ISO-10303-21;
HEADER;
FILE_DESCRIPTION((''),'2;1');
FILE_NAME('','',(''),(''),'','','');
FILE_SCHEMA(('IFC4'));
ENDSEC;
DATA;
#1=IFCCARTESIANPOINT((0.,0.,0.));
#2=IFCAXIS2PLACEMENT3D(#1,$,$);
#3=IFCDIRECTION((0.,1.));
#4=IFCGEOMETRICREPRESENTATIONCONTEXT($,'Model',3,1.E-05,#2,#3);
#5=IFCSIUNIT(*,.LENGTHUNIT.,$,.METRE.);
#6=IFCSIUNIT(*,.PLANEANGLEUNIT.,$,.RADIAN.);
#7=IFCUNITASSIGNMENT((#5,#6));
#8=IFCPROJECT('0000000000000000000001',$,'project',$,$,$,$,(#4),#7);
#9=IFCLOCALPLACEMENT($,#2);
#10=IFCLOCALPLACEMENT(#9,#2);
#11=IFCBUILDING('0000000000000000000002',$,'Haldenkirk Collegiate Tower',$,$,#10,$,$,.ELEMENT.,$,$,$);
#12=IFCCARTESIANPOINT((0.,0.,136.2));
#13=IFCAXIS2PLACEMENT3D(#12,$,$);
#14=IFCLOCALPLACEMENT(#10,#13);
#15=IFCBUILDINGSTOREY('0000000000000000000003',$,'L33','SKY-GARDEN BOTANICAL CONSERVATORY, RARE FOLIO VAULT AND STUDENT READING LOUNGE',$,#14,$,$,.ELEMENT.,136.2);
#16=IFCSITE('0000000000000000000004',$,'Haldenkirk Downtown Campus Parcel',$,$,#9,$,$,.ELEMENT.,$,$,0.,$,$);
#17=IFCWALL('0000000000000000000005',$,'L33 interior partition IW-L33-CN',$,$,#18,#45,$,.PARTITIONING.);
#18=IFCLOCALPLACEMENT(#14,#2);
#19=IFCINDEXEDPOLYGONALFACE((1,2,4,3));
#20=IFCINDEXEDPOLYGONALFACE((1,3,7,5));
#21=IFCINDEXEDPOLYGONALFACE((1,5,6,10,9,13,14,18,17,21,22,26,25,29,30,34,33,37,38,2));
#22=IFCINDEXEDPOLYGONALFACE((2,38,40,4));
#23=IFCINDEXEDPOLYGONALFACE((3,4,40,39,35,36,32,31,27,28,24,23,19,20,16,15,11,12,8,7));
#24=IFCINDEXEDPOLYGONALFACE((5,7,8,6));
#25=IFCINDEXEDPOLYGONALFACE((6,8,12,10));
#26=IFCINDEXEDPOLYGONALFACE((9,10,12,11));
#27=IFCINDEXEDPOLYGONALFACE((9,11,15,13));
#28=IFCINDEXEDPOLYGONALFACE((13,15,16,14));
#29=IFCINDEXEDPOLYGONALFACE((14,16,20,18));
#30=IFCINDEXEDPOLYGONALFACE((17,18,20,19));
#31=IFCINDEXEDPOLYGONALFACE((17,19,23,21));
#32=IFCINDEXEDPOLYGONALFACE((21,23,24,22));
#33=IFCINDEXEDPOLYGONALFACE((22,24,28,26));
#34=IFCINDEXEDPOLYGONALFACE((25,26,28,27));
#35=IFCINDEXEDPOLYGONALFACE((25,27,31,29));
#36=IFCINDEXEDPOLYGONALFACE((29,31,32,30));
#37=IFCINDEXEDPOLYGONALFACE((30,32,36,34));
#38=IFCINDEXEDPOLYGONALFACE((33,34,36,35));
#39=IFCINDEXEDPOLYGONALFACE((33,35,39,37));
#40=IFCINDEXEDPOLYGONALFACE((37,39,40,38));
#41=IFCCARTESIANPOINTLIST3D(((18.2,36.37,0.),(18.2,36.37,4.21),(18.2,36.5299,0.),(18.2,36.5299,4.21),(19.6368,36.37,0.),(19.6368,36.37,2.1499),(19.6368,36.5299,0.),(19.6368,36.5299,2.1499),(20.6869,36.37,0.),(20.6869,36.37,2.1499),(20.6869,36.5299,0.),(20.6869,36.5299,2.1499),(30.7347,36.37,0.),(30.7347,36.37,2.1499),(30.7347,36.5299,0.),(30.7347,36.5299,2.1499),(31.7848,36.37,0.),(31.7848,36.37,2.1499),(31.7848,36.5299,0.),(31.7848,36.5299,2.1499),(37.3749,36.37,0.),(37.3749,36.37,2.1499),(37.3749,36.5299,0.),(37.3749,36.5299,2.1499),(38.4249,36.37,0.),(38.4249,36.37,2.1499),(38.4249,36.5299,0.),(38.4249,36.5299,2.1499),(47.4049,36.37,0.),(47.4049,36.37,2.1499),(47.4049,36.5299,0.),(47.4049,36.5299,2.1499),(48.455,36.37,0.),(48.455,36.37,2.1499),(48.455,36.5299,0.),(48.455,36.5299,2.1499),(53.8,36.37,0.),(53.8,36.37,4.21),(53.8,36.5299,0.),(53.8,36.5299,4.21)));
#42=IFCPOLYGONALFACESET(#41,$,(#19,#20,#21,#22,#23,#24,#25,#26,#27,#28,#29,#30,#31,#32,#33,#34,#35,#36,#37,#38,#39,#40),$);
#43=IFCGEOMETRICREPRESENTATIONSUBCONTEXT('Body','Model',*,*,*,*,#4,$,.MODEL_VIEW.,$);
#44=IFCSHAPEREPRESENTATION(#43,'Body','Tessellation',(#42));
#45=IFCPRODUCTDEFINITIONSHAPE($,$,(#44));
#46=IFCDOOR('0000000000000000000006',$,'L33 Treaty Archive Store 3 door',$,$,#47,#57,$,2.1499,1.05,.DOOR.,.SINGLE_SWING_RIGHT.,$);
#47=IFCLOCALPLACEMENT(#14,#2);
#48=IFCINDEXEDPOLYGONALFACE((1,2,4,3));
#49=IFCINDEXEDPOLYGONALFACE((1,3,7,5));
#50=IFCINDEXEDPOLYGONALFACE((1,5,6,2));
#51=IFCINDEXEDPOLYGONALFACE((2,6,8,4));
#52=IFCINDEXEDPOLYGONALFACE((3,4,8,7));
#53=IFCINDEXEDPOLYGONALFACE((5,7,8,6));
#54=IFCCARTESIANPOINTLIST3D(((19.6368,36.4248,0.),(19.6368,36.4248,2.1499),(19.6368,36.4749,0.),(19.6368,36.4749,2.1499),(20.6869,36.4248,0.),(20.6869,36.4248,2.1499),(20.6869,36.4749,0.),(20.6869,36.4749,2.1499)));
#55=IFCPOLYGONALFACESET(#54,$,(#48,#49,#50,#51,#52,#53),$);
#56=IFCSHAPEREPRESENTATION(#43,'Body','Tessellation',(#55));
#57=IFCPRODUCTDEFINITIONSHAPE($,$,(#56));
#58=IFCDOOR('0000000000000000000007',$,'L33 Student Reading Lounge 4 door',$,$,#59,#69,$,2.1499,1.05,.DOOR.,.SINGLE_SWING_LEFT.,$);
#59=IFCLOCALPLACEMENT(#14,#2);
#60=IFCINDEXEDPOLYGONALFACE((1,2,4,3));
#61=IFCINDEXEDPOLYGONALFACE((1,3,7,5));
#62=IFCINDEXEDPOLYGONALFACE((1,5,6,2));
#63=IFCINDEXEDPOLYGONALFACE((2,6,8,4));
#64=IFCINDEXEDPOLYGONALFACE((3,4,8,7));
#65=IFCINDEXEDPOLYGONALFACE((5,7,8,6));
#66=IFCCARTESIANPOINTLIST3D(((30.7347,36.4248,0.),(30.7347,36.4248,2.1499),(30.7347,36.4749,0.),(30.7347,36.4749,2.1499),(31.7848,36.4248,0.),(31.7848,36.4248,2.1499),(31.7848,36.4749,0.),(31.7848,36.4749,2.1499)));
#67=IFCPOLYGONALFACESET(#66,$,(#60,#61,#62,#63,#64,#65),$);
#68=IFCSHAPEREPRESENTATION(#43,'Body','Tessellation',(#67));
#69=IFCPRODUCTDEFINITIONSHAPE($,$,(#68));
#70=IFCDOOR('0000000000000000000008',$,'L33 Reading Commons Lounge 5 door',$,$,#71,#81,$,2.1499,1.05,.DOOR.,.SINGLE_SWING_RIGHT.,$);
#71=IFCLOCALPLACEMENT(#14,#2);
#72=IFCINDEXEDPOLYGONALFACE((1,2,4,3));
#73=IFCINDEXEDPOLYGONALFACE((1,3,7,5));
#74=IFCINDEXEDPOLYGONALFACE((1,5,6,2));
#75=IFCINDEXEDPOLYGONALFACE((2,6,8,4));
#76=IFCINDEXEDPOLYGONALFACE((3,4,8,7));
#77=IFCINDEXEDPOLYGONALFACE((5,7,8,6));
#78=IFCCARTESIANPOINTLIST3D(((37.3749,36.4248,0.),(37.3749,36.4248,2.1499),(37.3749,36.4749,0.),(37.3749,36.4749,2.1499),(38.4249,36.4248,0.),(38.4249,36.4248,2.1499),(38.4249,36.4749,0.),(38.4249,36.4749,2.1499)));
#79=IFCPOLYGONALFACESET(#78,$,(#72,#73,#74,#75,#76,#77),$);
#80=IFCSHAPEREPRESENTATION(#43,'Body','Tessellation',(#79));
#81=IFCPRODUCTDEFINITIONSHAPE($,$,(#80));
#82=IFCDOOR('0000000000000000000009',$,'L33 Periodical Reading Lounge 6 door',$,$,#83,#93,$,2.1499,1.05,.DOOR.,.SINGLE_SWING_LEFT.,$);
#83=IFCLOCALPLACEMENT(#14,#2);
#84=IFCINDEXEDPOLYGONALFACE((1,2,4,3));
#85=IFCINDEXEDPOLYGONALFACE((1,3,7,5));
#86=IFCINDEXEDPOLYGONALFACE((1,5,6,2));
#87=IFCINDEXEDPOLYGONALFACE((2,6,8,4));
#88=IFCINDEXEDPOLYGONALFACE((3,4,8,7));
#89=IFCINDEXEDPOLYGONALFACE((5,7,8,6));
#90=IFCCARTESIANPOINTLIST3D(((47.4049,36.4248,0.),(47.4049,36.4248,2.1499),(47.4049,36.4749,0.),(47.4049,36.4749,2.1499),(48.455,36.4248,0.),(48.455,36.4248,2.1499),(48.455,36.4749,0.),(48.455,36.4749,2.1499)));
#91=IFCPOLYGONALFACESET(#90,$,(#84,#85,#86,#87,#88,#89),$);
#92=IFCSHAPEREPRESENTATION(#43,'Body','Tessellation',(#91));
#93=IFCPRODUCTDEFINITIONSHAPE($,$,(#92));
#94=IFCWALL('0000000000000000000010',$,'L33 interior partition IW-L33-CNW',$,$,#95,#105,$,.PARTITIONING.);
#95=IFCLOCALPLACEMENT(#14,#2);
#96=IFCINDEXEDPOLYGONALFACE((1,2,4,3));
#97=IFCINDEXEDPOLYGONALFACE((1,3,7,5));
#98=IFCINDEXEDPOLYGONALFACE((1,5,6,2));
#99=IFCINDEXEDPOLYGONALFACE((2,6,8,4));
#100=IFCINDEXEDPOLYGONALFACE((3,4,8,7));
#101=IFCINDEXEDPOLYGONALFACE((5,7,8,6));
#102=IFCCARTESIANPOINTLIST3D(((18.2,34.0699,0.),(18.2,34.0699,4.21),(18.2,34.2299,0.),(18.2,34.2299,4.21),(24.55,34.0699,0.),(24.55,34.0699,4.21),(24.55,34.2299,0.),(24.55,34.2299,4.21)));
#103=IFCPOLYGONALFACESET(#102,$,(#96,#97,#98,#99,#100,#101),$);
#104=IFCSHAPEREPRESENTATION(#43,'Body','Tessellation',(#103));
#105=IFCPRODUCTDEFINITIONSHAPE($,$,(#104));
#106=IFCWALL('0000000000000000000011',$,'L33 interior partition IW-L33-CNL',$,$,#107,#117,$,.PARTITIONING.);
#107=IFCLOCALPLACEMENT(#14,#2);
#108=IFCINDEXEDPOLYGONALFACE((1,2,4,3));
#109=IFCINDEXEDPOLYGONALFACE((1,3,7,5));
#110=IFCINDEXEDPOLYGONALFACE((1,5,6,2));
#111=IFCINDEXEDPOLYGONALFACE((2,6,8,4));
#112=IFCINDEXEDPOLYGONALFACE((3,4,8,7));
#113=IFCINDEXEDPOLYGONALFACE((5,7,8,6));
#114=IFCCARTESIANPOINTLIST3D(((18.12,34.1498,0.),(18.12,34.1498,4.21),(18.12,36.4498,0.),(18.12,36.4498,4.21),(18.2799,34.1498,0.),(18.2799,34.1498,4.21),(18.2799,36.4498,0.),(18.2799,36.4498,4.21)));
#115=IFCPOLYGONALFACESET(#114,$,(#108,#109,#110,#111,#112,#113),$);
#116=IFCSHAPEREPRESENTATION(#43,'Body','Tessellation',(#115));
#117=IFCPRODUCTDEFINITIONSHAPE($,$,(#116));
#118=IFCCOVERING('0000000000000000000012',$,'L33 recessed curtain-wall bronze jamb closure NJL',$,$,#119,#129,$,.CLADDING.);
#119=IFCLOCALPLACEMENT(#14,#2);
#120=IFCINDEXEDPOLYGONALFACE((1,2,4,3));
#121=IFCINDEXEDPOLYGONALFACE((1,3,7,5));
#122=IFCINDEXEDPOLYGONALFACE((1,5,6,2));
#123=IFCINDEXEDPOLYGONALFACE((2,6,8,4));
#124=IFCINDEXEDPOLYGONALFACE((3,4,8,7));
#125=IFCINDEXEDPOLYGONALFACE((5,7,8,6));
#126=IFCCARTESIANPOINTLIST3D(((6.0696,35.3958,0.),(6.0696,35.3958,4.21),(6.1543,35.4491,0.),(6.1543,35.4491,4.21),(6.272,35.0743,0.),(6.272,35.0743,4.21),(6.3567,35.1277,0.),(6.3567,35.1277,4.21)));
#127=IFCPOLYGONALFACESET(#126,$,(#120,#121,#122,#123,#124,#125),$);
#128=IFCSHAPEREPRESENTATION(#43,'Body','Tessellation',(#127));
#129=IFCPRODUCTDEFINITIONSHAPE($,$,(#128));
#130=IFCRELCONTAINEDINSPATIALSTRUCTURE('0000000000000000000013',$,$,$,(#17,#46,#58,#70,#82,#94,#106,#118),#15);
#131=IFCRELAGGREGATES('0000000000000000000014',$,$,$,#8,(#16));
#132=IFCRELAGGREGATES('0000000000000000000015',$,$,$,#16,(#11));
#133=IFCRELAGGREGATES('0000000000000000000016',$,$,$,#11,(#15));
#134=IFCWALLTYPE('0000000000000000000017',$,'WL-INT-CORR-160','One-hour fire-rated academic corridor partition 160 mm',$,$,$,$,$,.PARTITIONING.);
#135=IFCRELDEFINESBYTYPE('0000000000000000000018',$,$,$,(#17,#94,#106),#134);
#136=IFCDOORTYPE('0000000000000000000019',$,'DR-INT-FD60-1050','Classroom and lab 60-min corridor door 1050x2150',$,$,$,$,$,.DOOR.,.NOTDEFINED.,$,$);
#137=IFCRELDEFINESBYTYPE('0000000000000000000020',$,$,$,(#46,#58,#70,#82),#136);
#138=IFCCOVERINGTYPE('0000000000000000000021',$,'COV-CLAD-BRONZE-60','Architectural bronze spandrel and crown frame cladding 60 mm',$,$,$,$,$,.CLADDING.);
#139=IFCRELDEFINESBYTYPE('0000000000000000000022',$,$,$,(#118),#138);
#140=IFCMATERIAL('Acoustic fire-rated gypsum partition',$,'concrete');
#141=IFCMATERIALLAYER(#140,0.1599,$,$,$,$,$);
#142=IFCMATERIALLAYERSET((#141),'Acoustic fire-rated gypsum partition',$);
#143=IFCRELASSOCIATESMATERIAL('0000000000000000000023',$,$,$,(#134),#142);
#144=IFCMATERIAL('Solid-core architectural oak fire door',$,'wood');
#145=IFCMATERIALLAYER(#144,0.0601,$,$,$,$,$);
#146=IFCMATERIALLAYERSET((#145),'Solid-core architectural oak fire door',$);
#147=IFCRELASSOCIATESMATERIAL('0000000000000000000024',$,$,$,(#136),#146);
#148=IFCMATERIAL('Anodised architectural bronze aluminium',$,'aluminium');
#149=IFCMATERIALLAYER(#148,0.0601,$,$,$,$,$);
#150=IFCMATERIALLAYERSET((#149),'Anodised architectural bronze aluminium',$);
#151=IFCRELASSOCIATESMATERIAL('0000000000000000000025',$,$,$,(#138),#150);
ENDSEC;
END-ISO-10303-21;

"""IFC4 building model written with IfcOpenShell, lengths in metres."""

from ifc_helpers import new_model, si_unit, direction, frame, frame_2d, origin, origin_2d, place, context, subcontext, project, spatial, rectangle, extrude, source, transform, mapped, material, layer, layer_set, type_object, element, fill, save


model = new_model("IFC4")

# Units and contexts
model_context = context("Model", 3, precision=1e-05, world=origin(), true_north=direction((0.0, 1.0)))
body_context = subcontext(model_context, "Body", "Model", "MODEL_VIEW")
ifc_project = project(units=[si_unit("LENGTHUNIT", "METRE"), si_unit("PLANEANGLEUNIT", "RADIAN")], contexts=[model_context])

# Site, building, storey
site_placement = place(None, origin())
site = spatial("IfcSite", under=ifc_project, at=site_placement, Name="Haldenkirk Downtown Campus Parcel", CompositionType="ELEMENT", RefElevation=0.0)
building_placement = place(site_placement, origin())
building = spatial("IfcBuilding", under=site, at=building_placement, Name="Haldenkirk Collegiate Tower", CompositionType="ELEMENT")
storey_placement = place(building_placement, frame((0.0, 0.0, 136.2)))
storey = spatial("IfcBuildingStorey", under=building, at=storey_placement, Name="L33", Description="SKY-GARDEN BOTANICAL CONSERVATORY, RARE FOLIO VAULT AND STUDENT READING LOUNGE", CompositionType="ELEMENT", Elevation=136.2)

# Shared definitions
ifc_material_1 = material(Name="Anodised architectural bronze aluminium", Category="aluminium")

# Wall, openings, doors
ifc_material_2 = material(Name="Acoustic fire-rated gypsum partition", Category="concrete")
ifc_layer_1 = layer(ifc_material_2, 0.1599)
ifc_layer_set_1 = layer_set([ifc_layer_1], Name="Acoustic fire-rated gypsum partition")
wall_type_1 = type_object("IfcWallType", Name="WL-INT-CORR-160", Description="One-hour fire-rated academic corridor partition 160 mm", PredefinedType="PARTITIONING", material=ifc_layer_set_1)
wall_1_placement = place(storey_placement, frame((18.2, 36.45, 0.0), z_axis=(0.0, 0.0, 1.0), x_axis=(1.0, 0.0, 0.0)))
wall_1 = element("IfcWall", 1, at=wall_1_placement, inside=storey, type_object=wall_type_1, Name="L33 interior partition IW-L33-CN", PredefinedType="PARTITIONING", context=body_context, shape_type="SweptSolid", body=[
    extrude(rectangle(XDim=35.6001, YDim=0.1599, at=frame_2d((17.8, 0.0))), origin(), (0.0, 0.0, 1.0), 4.21),
])
opening_1_placement = place(wall_1_placement, frame((1.437, 0.0, 0.0)))
opening_1 = element("IfcOpeningElement", 2, at=opening_1_placement, cuts=wall_1, PredefinedType="OPENING", context=body_context, shape_type="SweptSolid", body=[
    extrude(rectangle(XDim=1.05, YDim=2.1499, at=frame_2d((0.5249, 1.075))), frame((0.0, 0.0898, 0.0), z_axis=(0.0, -1.0, 0.0), x_axis=(1.0, 0.0, 0.0)), (0.0, 0.0, 1.0), 0.1799),
])
opening_2_placement = place(wall_1_placement, frame((12.5349, 0.0, 0.0)))
opening_2 = element("IfcOpeningElement", 3, at=opening_2_placement, cuts=wall_1, PredefinedType="OPENING", context=body_context, shape_type="SweptSolid", body=[
    extrude(rectangle(XDim=1.05, YDim=2.1499, at=frame_2d((0.5249, 1.075))), frame((0.0, 0.0898, 0.0), z_axis=(0.0, -1.0, 0.0), x_axis=(1.0, 0.0, 0.0)), (0.0, 0.0, 1.0), 0.1799),
])
opening_3_placement = place(wall_1_placement, frame((19.175, 0.0, 0.0)))
opening_3 = element("IfcOpeningElement", 4, at=opening_3_placement, cuts=wall_1, PredefinedType="OPENING", context=body_context, shape_type="SweptSolid", body=[
    extrude(rectangle(XDim=1.05, YDim=2.1499, at=frame_2d((0.5249, 1.075))), frame((0.0, 0.0898, 0.0), z_axis=(0.0, -1.0, 0.0), x_axis=(1.0, 0.0, 0.0)), (0.0, 0.0, 1.0), 0.1799),
])
opening_4_placement = place(wall_1_placement, frame((29.2051, 0.0, 0.0)))
opening_4 = element("IfcOpeningElement", 5, at=opening_4_placement, cuts=wall_1, PredefinedType="OPENING", context=body_context, shape_type="SweptSolid", body=[
    extrude(rectangle(XDim=1.05, YDim=2.1499, at=frame_2d((0.5249, 1.075))), frame((0.0, 0.0898, 0.0), z_axis=(0.0, -1.0, 0.0), x_axis=(1.0, 0.0, 0.0)), (0.0, 0.0, 1.0), 0.1799),
])
ifc_material_3 = material(Name="Solid-core architectural oak fire door", Category="wood")
ifc_layer_2 = layer(ifc_material_3, 0.0601)
ifc_layer_set_2 = layer_set([ifc_layer_2], Name="Solid-core architectural oak fire door")
door_type = type_object("IfcDoorType", Name="DR-INT-FD60-1050", Description="Classroom and lab 60-min corridor door 1050x2150", OperationType="NOTDEFINED", PredefinedType="DOOR", material=ifc_layer_set_2)
door_1_placement = place(opening_1_placement, origin())
door_1 = element("IfcDoor", 6, at=door_1_placement, inside=storey, type_object=door_type, Name="L33 Treaty Archive Store 3 door", OperationType="SINGLE_SWING_RIGHT", OverallHeight=2.1499, OverallWidth=1.05, PredefinedType="DOOR", context=body_context, shape_type="SweptSolid", body=[
    extrude(rectangle(XDim=1.05, YDim=2.1499, at=frame_2d((0.5249, 1.075))), frame((0.0, 0.0249, 0.0), z_axis=(0.0, -1.0, 0.0), x_axis=(1.0, 0.0, 0.0)), (0.0, 0.0, 1.0), 0.05),
])
fill(opening_1, door_1)
door_2_placement = place(opening_2_placement, origin())
door_2 = element("IfcDoor", 7, at=door_2_placement, inside=storey, type_object=door_type, Name="L33 Student Reading Lounge 4 door", OperationType="SINGLE_SWING_LEFT", OverallHeight=2.1499, OverallWidth=1.05, PredefinedType="DOOR", context=body_context, shape_type="SweptSolid", body=[
    extrude(rectangle(XDim=1.05, YDim=2.1499, at=frame_2d((0.5249, 1.075))), frame((0.0, 0.0249, 0.0), z_axis=(0.0, -1.0, 0.0), x_axis=(1.0, 0.0, 0.0)), (0.0, 0.0, 1.0), 0.05),
])
fill(opening_2, door_2)
door_3_placement = place(opening_3_placement, origin())
door_3 = element("IfcDoor", 8, at=door_3_placement, inside=storey, type_object=door_type, Name="L33 Reading Commons Lounge 5 door", OperationType="SINGLE_SWING_RIGHT", OverallHeight=2.1499, OverallWidth=1.05, PredefinedType="DOOR", context=body_context, shape_type="SweptSolid", body=[
    extrude(rectangle(XDim=1.05, YDim=2.1499, at=frame_2d((0.5249, 1.075))), frame((0.0, 0.0249, 0.0), z_axis=(0.0, -1.0, 0.0), x_axis=(1.0, 0.0, 0.0)), (0.0, 0.0, 1.0), 0.05),
])
fill(opening_3, door_3)
door_4_placement = place(opening_4_placement, origin())
door_4 = element("IfcDoor", 9, at=door_4_placement, inside=storey, type_object=door_type, Name="L33 Periodical Reading Lounge 6 door", OperationType="SINGLE_SWING_LEFT", OverallHeight=2.1499, OverallWidth=1.05, PredefinedType="DOOR", context=body_context, shape_type="SweptSolid", body=[
    extrude(rectangle(XDim=1.05, YDim=2.1499, at=frame_2d((0.5249, 1.075))), frame((0.0, 0.0249, 0.0), z_axis=(0.0, -1.0, 0.0), x_axis=(1.0, 0.0, 0.0)), (0.0, 0.0, 1.0), 0.05),
])
fill(opening_4, door_4)

# Walls
wall_2_placement = place(storey_placement, frame((18.2, 34.1499, 0.0), z_axis=(0.0, 0.0, 1.0), x_axis=(1.0, 0.0, 0.0)))
element("IfcWall", 10, at=wall_2_placement, inside=storey, type_object=wall_type_1, Name="L33 interior partition IW-L33-CNW", PredefinedType="PARTITIONING", context=body_context, shape_type="SweptSolid", body=[
    extrude(rectangle(XDim=6.3501, YDim=0.1599, at=frame_2d((3.175, 0.0))), origin(), (0.0, 0.0, 1.0), 4.21),
])
wall_3_placement = place(storey_placement, frame((18.2, 34.1499, 0.0), z_axis=(0.0, 0.0, 1.0), x_axis=(0.0, 1.0, 0.0)))
element("IfcWall", 11, at=wall_3_placement, inside=storey, type_object=wall_type_1, Name="L33 interior partition IW-L33-CNL", PredefinedType="PARTITIONING", context=body_context, shape_type="SweptSolid", body=[
    extrude(rectangle(XDim=2.3, YDim=0.1599, at=frame_2d((1.1499, 0.0))), origin(), (0.0, 0.0, 1.0), 4.21),
])

# Covering
ifc_layer_3 = layer(ifc_material_1, 0.0601)
ifc_layer_set_3 = layer_set([ifc_layer_3], Name="Anodised architectural bronze aluminium")
covering_type = type_object("IfcCoveringType", Name="COV-CLAD-BRONZE-60", Description="Architectural bronze spandrel and crown frame cladding 60 mm", PredefinedType="CLADDING", material=ifc_layer_set_3)
shared_shape_1 = source(origin(), body_context, "Body", "SweptSolid", [
    extrude(rectangle(XDim=0.1001, YDim=0.3799, at=origin_2d()), origin(), (0.0, 0.0, 1.0), 4.21),
])
covering_placement = place(storey_placement, frame((6.2131, 35.2617, 0.0), z_axis=(0.0, 0.0, 1.0), x_axis=(0.846193, 0.532876, 0.0)))
element("IfcCovering", 12, at=covering_placement, inside=storey, type_object=covering_type, Name="L33 recessed curtain-wall bronze jamb closure NJL", PredefinedType="CLADDING", context=body_context, shape_type="MappedRepresentation", body=[
    mapped(shared_shape_1, transform((0.0, 0.0, 0.0), x_axis=(1.0, 0.0, 0.0), y_axis=(0.0, 1.0, 0.0), z_axis=(0.0, 0.0, 1.0), scale=1.0)),
])

save(model, "model.ifc")
